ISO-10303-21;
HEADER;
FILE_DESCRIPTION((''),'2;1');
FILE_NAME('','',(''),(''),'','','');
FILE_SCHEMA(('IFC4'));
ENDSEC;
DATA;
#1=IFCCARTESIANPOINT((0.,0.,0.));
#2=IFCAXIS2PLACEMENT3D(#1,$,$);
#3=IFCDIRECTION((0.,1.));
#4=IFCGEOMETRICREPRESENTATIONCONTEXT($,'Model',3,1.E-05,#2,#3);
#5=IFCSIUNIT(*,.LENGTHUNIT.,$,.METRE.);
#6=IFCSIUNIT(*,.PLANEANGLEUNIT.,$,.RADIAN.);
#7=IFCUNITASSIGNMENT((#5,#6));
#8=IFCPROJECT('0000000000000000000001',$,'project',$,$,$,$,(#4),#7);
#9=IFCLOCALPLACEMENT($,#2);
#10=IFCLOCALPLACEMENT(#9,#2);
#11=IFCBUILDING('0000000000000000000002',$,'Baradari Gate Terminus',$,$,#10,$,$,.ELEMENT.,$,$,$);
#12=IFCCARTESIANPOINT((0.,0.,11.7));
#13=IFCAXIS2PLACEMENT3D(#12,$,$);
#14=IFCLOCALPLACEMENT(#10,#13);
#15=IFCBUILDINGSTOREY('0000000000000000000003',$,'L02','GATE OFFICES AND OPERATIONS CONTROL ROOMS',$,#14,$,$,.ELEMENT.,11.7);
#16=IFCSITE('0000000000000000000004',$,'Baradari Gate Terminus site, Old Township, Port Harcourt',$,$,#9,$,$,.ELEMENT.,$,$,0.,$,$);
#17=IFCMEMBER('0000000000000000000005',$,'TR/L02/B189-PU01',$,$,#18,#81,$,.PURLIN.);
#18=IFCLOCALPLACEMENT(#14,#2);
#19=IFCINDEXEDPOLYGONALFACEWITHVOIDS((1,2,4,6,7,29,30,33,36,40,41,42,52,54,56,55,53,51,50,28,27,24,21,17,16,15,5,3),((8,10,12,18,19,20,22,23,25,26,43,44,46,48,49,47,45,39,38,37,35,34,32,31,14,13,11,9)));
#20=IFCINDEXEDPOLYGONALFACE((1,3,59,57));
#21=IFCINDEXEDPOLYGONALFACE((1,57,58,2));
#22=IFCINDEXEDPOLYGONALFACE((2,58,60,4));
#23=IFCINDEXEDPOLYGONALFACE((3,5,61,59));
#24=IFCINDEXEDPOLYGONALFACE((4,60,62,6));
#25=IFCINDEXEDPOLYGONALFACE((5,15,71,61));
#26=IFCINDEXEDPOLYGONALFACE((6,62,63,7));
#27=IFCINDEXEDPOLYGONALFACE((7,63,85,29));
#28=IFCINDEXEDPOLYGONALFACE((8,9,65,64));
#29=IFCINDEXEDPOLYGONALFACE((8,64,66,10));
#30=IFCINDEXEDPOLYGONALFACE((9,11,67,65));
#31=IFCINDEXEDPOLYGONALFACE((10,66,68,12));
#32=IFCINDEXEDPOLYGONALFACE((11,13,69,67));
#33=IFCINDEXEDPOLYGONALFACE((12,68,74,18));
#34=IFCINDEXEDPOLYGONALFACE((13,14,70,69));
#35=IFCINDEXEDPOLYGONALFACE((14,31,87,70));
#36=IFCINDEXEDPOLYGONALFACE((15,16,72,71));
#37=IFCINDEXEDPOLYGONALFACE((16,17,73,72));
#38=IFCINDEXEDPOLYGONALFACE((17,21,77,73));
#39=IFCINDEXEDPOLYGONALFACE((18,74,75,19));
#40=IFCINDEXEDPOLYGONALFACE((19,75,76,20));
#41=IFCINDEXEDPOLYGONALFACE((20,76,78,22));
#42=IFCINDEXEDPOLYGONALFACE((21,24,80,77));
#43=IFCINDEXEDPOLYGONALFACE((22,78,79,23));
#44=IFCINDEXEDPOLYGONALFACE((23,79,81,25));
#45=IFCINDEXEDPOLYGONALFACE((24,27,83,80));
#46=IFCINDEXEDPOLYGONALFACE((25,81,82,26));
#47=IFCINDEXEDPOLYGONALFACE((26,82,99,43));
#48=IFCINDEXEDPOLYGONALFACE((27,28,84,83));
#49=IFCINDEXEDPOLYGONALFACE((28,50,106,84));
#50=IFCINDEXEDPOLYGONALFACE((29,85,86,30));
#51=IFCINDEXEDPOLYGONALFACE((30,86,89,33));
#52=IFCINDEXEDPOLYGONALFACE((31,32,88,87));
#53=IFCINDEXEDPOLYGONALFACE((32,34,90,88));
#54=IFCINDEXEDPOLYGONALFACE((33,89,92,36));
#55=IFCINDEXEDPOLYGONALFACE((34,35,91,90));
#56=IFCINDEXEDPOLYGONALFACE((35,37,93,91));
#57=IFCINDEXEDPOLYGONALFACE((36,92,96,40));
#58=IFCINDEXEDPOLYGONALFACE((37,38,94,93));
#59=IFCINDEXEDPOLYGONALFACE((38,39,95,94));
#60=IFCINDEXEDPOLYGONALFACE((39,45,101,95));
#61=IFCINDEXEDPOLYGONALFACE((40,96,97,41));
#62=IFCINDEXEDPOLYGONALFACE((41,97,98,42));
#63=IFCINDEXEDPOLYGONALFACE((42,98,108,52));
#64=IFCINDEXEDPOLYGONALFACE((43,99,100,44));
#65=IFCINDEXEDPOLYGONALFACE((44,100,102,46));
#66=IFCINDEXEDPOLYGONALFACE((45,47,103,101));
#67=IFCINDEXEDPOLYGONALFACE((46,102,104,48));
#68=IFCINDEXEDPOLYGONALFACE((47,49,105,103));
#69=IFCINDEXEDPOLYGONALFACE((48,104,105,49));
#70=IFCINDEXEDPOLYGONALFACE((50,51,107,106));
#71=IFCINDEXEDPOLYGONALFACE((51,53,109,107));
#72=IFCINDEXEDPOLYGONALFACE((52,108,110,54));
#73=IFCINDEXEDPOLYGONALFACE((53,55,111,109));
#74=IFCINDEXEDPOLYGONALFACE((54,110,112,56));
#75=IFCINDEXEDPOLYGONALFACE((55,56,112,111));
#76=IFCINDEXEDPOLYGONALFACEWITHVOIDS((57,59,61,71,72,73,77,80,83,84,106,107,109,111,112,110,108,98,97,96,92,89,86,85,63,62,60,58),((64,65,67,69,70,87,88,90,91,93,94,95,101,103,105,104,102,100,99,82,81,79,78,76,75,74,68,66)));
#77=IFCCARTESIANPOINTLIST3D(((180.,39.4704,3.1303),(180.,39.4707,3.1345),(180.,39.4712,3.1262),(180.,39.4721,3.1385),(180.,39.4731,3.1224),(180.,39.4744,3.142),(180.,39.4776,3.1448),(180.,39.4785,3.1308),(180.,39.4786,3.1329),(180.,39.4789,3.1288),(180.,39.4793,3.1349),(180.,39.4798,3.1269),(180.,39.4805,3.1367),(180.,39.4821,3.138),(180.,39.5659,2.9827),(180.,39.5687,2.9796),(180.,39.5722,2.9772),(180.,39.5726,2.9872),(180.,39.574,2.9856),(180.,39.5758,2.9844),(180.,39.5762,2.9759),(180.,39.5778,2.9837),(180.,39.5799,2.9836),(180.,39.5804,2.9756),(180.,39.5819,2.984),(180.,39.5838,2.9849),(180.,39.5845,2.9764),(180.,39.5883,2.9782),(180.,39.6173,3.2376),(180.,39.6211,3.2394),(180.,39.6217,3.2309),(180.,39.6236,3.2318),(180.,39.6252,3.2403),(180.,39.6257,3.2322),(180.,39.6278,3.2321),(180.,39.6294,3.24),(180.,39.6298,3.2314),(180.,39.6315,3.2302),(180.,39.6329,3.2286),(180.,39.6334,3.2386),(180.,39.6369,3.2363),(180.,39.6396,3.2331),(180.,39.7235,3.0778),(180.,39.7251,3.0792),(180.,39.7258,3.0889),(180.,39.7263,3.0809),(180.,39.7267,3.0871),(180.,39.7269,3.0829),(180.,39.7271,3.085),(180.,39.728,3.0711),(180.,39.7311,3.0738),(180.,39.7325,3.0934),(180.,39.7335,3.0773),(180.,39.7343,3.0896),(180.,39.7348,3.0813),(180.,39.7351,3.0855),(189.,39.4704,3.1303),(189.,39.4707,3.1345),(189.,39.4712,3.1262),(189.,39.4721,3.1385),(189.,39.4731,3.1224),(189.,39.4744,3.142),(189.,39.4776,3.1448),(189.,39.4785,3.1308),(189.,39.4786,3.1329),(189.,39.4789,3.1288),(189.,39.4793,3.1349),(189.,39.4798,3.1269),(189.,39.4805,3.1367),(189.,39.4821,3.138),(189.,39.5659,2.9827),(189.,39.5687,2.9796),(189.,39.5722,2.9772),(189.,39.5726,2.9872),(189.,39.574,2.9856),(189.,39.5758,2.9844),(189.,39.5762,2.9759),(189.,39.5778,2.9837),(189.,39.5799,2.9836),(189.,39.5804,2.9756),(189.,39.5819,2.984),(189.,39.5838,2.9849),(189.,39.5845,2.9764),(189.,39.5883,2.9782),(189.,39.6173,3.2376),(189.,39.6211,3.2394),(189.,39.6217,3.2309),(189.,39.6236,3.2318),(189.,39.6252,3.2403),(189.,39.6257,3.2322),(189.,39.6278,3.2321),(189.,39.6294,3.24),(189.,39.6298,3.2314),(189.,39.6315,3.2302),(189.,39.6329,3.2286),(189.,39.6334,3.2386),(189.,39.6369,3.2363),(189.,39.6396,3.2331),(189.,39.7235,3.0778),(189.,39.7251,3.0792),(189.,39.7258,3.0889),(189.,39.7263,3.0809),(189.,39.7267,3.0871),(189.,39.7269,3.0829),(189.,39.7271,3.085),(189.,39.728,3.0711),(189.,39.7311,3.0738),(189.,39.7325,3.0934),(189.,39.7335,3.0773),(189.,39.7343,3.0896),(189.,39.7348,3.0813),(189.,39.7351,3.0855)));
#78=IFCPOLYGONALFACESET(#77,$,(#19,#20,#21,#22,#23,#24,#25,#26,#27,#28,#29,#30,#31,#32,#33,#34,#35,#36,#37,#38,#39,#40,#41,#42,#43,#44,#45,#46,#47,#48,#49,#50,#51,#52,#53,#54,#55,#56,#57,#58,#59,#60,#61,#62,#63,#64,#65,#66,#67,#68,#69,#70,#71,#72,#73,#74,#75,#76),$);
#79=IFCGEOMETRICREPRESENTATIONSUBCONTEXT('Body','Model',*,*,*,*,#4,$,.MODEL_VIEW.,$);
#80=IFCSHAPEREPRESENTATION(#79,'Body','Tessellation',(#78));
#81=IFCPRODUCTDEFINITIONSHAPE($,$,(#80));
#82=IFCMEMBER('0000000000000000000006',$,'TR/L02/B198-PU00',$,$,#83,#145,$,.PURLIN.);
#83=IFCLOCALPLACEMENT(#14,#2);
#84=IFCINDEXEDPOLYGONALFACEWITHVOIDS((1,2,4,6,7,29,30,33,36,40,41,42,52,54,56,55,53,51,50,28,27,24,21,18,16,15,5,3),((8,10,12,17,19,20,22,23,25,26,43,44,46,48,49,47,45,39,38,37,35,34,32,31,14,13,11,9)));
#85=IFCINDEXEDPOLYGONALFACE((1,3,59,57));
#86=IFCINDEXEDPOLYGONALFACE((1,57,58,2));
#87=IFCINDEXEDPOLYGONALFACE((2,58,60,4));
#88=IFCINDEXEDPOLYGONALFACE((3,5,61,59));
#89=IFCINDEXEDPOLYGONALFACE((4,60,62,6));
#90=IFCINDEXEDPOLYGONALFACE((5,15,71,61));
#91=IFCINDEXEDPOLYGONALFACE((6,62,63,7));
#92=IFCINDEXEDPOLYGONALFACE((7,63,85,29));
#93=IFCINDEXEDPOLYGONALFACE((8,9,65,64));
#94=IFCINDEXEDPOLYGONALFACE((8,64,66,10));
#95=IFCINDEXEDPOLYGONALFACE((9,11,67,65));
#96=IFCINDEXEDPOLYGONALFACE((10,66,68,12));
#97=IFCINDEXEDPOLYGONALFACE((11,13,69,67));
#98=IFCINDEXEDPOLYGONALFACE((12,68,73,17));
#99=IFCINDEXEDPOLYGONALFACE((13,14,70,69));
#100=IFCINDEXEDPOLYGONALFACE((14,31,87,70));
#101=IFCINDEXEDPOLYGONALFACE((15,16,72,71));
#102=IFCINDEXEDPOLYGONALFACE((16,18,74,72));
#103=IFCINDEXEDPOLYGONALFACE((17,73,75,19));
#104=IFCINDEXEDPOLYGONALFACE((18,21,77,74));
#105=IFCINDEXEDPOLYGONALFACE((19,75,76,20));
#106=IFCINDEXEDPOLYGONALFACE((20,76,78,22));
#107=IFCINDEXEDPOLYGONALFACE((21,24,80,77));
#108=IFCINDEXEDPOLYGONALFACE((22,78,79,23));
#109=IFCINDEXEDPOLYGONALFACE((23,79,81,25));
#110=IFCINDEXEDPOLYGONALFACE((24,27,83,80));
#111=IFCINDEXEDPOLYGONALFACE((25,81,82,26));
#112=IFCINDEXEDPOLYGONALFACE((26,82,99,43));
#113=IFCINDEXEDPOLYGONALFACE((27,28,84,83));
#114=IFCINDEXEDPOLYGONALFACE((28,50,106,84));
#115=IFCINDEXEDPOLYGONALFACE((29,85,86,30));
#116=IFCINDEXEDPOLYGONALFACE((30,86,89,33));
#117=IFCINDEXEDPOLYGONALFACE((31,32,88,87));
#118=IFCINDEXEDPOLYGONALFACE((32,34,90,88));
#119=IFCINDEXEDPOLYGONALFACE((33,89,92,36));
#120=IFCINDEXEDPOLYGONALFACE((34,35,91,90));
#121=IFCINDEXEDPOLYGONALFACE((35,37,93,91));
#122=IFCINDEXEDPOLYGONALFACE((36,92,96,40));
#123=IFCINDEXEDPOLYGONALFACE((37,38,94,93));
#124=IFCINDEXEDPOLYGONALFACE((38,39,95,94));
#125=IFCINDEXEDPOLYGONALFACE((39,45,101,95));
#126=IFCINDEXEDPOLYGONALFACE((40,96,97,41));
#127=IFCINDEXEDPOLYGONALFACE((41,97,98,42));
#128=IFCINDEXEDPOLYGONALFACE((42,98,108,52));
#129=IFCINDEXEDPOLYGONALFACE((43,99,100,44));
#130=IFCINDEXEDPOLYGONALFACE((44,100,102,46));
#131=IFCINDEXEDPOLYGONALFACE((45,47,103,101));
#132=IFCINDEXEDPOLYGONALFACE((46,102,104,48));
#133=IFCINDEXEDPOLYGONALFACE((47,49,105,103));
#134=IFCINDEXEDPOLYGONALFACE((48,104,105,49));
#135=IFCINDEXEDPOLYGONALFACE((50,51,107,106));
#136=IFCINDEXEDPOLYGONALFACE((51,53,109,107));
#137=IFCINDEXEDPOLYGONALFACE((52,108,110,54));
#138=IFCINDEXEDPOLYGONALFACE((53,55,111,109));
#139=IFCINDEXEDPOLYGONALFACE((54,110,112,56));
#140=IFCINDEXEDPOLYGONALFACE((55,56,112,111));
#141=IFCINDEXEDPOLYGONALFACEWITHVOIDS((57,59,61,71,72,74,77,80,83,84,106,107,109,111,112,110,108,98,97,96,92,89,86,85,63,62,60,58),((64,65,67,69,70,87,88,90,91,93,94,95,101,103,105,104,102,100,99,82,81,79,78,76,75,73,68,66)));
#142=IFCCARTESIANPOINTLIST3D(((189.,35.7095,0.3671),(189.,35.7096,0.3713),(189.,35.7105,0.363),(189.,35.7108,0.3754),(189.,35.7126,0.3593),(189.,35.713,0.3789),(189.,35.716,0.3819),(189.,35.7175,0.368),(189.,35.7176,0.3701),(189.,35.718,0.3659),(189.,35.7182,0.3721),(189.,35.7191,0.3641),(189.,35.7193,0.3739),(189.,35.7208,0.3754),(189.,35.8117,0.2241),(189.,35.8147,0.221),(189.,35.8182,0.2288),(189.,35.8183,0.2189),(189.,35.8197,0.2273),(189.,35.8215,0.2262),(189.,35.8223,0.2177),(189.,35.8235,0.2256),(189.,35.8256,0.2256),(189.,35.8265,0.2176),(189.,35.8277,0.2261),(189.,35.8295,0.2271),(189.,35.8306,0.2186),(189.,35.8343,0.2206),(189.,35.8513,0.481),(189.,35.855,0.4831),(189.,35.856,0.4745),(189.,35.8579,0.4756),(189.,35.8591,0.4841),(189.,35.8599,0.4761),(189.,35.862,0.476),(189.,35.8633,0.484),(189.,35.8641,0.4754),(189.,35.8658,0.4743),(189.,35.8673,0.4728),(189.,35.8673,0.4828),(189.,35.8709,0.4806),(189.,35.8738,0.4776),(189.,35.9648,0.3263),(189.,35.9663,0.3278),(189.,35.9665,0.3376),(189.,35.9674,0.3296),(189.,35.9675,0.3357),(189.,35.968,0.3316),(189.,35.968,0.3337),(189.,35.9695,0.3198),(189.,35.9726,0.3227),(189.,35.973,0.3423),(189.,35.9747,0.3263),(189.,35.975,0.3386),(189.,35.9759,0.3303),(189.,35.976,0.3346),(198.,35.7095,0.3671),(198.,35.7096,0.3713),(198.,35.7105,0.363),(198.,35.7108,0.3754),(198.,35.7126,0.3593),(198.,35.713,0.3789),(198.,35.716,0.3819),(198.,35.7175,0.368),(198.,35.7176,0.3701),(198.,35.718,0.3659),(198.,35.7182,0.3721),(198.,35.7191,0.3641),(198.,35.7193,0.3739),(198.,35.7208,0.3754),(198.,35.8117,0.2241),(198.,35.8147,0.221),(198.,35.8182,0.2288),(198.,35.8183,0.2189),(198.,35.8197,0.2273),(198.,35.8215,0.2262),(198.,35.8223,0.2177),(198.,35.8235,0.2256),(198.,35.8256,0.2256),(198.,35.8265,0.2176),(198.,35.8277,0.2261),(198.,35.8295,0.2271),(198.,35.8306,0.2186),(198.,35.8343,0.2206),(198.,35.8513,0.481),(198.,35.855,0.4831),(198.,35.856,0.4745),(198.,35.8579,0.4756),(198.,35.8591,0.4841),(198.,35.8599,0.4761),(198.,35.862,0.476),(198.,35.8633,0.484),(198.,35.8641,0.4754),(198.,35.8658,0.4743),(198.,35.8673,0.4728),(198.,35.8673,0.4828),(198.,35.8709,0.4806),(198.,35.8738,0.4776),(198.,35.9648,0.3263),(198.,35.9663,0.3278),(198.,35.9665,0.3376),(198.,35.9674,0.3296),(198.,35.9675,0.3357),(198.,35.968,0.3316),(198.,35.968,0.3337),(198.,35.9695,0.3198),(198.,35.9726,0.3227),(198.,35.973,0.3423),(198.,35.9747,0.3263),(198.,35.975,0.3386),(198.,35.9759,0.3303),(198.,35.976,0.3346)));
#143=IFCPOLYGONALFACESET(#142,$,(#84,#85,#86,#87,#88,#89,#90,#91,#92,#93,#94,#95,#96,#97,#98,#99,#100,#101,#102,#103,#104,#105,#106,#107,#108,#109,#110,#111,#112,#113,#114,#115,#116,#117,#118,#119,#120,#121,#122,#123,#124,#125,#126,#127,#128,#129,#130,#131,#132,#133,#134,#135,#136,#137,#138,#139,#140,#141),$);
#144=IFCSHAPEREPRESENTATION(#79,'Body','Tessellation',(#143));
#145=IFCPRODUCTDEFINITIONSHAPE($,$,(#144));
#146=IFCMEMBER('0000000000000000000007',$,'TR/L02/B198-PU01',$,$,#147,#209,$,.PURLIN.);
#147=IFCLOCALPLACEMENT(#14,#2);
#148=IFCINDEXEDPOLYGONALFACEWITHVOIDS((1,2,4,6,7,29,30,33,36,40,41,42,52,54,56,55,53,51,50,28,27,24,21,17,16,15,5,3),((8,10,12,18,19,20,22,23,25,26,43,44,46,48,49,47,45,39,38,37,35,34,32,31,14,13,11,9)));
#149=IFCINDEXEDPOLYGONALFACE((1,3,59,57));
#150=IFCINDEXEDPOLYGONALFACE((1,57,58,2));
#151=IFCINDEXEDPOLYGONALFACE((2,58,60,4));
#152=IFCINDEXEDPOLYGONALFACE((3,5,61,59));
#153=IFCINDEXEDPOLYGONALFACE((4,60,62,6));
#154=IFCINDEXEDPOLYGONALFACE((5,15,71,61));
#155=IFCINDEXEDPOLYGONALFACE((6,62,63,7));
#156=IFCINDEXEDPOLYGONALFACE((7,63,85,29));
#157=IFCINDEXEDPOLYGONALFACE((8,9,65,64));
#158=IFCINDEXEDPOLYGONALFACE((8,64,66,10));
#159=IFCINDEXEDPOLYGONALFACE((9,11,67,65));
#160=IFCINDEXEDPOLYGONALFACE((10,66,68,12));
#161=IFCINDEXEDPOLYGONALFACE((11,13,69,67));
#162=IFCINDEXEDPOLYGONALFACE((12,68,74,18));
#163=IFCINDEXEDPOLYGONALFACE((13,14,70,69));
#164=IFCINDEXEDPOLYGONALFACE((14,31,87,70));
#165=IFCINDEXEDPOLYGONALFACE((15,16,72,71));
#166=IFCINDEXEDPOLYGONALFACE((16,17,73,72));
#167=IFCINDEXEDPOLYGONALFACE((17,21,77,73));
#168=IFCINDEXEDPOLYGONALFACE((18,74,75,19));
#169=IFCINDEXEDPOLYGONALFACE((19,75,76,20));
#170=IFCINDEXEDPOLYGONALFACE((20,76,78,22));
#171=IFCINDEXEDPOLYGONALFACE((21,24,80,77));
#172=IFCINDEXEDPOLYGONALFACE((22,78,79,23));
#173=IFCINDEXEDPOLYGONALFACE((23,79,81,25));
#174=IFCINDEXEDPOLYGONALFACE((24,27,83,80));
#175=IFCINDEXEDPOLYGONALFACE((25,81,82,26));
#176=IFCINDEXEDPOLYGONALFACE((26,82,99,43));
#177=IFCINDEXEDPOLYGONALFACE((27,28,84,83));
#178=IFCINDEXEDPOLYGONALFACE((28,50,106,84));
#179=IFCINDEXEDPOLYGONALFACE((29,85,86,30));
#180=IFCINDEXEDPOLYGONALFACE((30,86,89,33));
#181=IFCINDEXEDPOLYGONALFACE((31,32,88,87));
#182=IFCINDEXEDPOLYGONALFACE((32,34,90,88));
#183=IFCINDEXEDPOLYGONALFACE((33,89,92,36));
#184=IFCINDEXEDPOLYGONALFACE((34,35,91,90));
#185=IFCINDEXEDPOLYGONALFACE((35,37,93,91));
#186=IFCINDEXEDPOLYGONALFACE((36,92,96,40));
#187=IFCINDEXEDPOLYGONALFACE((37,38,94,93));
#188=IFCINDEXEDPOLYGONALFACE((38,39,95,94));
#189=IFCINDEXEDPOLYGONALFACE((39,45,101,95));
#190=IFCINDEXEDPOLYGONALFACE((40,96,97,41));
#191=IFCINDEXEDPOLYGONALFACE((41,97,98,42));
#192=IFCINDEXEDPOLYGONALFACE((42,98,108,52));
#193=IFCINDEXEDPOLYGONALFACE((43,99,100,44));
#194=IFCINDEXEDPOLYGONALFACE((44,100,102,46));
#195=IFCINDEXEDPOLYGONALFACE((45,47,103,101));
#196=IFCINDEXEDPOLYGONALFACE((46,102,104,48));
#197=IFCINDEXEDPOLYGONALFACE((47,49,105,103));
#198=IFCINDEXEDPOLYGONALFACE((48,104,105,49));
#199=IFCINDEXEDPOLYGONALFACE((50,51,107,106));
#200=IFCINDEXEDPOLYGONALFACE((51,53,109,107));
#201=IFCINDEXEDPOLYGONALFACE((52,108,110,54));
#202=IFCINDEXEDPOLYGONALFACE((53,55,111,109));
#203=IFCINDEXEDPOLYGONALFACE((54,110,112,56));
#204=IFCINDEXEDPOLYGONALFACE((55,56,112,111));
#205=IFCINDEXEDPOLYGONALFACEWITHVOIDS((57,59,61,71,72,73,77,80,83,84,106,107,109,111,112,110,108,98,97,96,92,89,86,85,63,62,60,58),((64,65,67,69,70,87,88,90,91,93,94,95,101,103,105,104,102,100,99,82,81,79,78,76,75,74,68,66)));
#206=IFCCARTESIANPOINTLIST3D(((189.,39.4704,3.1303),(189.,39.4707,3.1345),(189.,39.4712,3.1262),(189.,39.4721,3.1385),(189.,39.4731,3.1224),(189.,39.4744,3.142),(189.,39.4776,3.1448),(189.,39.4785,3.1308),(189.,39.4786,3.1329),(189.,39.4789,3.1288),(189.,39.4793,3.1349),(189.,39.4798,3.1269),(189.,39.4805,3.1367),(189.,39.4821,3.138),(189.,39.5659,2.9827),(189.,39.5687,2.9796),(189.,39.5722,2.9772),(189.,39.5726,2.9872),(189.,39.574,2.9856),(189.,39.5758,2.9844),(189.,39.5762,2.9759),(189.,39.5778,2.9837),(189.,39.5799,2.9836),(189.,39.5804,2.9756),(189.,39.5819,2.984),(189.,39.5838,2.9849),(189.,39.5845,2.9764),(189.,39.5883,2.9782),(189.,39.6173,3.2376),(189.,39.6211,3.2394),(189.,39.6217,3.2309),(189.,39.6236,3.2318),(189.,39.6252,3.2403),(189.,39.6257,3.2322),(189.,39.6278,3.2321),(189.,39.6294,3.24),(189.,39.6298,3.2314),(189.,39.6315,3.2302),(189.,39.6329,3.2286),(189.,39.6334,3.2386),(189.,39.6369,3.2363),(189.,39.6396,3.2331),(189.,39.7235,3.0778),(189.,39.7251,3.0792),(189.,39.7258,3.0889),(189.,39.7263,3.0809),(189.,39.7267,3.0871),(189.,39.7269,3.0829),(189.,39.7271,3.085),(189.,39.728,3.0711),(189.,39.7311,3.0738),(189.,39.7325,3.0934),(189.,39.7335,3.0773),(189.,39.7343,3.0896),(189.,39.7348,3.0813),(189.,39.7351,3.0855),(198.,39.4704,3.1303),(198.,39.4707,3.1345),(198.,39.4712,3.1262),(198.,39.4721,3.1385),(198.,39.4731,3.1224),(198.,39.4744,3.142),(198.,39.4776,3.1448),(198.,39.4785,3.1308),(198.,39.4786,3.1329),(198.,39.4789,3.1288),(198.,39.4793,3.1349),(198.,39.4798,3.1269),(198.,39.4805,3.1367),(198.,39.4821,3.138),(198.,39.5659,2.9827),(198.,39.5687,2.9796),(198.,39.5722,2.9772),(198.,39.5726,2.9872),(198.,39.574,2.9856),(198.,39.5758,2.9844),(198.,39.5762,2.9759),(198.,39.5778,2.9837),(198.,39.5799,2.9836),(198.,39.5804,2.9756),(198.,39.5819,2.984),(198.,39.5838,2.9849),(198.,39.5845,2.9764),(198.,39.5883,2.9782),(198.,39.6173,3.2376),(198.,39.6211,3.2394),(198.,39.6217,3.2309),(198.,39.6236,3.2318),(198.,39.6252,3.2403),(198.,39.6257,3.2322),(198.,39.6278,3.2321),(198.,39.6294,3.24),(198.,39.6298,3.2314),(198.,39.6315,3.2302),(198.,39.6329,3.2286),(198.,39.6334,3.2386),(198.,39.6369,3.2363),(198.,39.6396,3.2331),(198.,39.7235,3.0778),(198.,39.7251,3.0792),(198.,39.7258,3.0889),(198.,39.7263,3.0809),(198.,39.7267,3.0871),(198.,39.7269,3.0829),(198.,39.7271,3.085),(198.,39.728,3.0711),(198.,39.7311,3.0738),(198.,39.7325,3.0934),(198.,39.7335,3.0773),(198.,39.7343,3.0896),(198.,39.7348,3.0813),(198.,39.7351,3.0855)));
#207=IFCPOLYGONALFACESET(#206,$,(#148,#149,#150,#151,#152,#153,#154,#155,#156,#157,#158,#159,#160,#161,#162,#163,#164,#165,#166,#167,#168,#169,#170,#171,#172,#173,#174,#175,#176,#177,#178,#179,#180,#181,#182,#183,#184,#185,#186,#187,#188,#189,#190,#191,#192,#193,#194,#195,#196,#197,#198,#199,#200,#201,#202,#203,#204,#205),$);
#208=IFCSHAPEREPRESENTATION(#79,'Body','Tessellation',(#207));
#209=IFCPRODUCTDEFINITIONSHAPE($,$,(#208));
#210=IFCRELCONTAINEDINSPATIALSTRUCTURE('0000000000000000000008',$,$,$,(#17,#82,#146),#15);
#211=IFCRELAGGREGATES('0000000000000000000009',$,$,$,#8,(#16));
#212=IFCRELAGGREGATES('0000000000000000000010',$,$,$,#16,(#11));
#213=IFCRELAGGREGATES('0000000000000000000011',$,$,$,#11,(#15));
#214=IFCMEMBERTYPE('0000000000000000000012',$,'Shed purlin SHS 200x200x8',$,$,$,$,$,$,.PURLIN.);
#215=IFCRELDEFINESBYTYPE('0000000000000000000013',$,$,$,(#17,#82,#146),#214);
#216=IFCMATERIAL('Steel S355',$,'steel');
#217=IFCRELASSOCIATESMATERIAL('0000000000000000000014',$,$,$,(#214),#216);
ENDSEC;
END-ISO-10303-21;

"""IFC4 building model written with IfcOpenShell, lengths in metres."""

from ifc_helpers import new_model, si_unit, direction, frame, origin, origin_2d, place, context, subcontext, project, spatial, hollow_rectangle, extrude, material, material_profile, profile_set, type_object, element, save


model = new_model("IFC4")

# Units and contexts
model_context = context("Model", 3, precision=1e-05, world=origin(), true_north=direction((0.0, 1.0)))
body_context = subcontext(model_context, "Body", "Model", "MODEL_VIEW")
ifc_project = project(units=[si_unit("LENGTHUNIT", "METRE"), si_unit("PLANEANGLEUNIT", "RADIAN")], contexts=[model_context])

# Site, building, storey
site_placement = place(None, origin())
site = spatial("IfcSite", under=ifc_project, at=site_placement, Name="Baradari Gate Terminus site, Old Township, Port Harcourt", CompositionType="ELEMENT", RefElevation=0.0)
building_placement = place(site_placement, origin())
building = spatial("IfcBuilding", under=site, at=building_placement, Name="Baradari Gate Terminus", CompositionType="ELEMENT")
storey_placement = place(building_placement, frame((0.0, 0.0, 11.7)))
storey = spatial("IfcBuildingStorey", under=building, at=storey_placement, Name="L02", Description="GATE OFFICES AND OPERATIONS CONTROL ROOMS", CompositionType="ELEMENT", Elevation=11.7)

# Members
ifc_material_1 = material(Name="Steel S355", Category="steel")
ifc_material_profile_1 = material_profile(ifc_material_1, hollow_rectangle(XDim=0.2, YDim=0.2, WallThickness=0.0081, InnerFilletRadius=0.0081, OuterFilletRadius=0.0161, at=origin_2d()), Name="SHS 200x200x8")
ifc_profile_set_1 = profile_set([ifc_material_profile_1], Name="Steel S355")
member_type_1 = type_object("IfcMemberType", Name="Shed purlin SHS 200x200x8", PredefinedType="PURLIN", material=ifc_profile_set_1)
for number, where, z_axis, x_axis, name in (
    (1, (180.0, 39.6028, 3.1079), (1.0, 0.0, 0.0), (0.0, 0.832836, 0.553519), "TR/L02/B189-PU01"),
    (2, (189.0, 35.8428, 0.3508), (1.0, 0.0, 0.0), (0.0, 0.806405, 0.591364), "TR/L02/B198-PU00"),
    (3, (189.0, 39.6028, 3.1079), (1.0, 0.0, 0.0), (0.0, 0.832836, 0.553519), "TR/L02/B198-PU01"),
):
    element("IfcMember", number, at=place(storey_placement, frame(where, z_axis=z_axis, x_axis=x_axis)), inside=storey, type_object=member_type_1, Name=name, PredefinedType="PURLIN", context=body_context, shape_type="SweptSolid", body=[
        extrude(hollow_rectangle(XDim=0.2, YDim=0.2, WallThickness=0.0081, InnerFilletRadius=0.0081, OuterFilletRadius=0.0161, at=origin_2d()), origin(), (0.0, 0.0, 1.0), 9.0),
    ])

save(model, "model.ifc")
